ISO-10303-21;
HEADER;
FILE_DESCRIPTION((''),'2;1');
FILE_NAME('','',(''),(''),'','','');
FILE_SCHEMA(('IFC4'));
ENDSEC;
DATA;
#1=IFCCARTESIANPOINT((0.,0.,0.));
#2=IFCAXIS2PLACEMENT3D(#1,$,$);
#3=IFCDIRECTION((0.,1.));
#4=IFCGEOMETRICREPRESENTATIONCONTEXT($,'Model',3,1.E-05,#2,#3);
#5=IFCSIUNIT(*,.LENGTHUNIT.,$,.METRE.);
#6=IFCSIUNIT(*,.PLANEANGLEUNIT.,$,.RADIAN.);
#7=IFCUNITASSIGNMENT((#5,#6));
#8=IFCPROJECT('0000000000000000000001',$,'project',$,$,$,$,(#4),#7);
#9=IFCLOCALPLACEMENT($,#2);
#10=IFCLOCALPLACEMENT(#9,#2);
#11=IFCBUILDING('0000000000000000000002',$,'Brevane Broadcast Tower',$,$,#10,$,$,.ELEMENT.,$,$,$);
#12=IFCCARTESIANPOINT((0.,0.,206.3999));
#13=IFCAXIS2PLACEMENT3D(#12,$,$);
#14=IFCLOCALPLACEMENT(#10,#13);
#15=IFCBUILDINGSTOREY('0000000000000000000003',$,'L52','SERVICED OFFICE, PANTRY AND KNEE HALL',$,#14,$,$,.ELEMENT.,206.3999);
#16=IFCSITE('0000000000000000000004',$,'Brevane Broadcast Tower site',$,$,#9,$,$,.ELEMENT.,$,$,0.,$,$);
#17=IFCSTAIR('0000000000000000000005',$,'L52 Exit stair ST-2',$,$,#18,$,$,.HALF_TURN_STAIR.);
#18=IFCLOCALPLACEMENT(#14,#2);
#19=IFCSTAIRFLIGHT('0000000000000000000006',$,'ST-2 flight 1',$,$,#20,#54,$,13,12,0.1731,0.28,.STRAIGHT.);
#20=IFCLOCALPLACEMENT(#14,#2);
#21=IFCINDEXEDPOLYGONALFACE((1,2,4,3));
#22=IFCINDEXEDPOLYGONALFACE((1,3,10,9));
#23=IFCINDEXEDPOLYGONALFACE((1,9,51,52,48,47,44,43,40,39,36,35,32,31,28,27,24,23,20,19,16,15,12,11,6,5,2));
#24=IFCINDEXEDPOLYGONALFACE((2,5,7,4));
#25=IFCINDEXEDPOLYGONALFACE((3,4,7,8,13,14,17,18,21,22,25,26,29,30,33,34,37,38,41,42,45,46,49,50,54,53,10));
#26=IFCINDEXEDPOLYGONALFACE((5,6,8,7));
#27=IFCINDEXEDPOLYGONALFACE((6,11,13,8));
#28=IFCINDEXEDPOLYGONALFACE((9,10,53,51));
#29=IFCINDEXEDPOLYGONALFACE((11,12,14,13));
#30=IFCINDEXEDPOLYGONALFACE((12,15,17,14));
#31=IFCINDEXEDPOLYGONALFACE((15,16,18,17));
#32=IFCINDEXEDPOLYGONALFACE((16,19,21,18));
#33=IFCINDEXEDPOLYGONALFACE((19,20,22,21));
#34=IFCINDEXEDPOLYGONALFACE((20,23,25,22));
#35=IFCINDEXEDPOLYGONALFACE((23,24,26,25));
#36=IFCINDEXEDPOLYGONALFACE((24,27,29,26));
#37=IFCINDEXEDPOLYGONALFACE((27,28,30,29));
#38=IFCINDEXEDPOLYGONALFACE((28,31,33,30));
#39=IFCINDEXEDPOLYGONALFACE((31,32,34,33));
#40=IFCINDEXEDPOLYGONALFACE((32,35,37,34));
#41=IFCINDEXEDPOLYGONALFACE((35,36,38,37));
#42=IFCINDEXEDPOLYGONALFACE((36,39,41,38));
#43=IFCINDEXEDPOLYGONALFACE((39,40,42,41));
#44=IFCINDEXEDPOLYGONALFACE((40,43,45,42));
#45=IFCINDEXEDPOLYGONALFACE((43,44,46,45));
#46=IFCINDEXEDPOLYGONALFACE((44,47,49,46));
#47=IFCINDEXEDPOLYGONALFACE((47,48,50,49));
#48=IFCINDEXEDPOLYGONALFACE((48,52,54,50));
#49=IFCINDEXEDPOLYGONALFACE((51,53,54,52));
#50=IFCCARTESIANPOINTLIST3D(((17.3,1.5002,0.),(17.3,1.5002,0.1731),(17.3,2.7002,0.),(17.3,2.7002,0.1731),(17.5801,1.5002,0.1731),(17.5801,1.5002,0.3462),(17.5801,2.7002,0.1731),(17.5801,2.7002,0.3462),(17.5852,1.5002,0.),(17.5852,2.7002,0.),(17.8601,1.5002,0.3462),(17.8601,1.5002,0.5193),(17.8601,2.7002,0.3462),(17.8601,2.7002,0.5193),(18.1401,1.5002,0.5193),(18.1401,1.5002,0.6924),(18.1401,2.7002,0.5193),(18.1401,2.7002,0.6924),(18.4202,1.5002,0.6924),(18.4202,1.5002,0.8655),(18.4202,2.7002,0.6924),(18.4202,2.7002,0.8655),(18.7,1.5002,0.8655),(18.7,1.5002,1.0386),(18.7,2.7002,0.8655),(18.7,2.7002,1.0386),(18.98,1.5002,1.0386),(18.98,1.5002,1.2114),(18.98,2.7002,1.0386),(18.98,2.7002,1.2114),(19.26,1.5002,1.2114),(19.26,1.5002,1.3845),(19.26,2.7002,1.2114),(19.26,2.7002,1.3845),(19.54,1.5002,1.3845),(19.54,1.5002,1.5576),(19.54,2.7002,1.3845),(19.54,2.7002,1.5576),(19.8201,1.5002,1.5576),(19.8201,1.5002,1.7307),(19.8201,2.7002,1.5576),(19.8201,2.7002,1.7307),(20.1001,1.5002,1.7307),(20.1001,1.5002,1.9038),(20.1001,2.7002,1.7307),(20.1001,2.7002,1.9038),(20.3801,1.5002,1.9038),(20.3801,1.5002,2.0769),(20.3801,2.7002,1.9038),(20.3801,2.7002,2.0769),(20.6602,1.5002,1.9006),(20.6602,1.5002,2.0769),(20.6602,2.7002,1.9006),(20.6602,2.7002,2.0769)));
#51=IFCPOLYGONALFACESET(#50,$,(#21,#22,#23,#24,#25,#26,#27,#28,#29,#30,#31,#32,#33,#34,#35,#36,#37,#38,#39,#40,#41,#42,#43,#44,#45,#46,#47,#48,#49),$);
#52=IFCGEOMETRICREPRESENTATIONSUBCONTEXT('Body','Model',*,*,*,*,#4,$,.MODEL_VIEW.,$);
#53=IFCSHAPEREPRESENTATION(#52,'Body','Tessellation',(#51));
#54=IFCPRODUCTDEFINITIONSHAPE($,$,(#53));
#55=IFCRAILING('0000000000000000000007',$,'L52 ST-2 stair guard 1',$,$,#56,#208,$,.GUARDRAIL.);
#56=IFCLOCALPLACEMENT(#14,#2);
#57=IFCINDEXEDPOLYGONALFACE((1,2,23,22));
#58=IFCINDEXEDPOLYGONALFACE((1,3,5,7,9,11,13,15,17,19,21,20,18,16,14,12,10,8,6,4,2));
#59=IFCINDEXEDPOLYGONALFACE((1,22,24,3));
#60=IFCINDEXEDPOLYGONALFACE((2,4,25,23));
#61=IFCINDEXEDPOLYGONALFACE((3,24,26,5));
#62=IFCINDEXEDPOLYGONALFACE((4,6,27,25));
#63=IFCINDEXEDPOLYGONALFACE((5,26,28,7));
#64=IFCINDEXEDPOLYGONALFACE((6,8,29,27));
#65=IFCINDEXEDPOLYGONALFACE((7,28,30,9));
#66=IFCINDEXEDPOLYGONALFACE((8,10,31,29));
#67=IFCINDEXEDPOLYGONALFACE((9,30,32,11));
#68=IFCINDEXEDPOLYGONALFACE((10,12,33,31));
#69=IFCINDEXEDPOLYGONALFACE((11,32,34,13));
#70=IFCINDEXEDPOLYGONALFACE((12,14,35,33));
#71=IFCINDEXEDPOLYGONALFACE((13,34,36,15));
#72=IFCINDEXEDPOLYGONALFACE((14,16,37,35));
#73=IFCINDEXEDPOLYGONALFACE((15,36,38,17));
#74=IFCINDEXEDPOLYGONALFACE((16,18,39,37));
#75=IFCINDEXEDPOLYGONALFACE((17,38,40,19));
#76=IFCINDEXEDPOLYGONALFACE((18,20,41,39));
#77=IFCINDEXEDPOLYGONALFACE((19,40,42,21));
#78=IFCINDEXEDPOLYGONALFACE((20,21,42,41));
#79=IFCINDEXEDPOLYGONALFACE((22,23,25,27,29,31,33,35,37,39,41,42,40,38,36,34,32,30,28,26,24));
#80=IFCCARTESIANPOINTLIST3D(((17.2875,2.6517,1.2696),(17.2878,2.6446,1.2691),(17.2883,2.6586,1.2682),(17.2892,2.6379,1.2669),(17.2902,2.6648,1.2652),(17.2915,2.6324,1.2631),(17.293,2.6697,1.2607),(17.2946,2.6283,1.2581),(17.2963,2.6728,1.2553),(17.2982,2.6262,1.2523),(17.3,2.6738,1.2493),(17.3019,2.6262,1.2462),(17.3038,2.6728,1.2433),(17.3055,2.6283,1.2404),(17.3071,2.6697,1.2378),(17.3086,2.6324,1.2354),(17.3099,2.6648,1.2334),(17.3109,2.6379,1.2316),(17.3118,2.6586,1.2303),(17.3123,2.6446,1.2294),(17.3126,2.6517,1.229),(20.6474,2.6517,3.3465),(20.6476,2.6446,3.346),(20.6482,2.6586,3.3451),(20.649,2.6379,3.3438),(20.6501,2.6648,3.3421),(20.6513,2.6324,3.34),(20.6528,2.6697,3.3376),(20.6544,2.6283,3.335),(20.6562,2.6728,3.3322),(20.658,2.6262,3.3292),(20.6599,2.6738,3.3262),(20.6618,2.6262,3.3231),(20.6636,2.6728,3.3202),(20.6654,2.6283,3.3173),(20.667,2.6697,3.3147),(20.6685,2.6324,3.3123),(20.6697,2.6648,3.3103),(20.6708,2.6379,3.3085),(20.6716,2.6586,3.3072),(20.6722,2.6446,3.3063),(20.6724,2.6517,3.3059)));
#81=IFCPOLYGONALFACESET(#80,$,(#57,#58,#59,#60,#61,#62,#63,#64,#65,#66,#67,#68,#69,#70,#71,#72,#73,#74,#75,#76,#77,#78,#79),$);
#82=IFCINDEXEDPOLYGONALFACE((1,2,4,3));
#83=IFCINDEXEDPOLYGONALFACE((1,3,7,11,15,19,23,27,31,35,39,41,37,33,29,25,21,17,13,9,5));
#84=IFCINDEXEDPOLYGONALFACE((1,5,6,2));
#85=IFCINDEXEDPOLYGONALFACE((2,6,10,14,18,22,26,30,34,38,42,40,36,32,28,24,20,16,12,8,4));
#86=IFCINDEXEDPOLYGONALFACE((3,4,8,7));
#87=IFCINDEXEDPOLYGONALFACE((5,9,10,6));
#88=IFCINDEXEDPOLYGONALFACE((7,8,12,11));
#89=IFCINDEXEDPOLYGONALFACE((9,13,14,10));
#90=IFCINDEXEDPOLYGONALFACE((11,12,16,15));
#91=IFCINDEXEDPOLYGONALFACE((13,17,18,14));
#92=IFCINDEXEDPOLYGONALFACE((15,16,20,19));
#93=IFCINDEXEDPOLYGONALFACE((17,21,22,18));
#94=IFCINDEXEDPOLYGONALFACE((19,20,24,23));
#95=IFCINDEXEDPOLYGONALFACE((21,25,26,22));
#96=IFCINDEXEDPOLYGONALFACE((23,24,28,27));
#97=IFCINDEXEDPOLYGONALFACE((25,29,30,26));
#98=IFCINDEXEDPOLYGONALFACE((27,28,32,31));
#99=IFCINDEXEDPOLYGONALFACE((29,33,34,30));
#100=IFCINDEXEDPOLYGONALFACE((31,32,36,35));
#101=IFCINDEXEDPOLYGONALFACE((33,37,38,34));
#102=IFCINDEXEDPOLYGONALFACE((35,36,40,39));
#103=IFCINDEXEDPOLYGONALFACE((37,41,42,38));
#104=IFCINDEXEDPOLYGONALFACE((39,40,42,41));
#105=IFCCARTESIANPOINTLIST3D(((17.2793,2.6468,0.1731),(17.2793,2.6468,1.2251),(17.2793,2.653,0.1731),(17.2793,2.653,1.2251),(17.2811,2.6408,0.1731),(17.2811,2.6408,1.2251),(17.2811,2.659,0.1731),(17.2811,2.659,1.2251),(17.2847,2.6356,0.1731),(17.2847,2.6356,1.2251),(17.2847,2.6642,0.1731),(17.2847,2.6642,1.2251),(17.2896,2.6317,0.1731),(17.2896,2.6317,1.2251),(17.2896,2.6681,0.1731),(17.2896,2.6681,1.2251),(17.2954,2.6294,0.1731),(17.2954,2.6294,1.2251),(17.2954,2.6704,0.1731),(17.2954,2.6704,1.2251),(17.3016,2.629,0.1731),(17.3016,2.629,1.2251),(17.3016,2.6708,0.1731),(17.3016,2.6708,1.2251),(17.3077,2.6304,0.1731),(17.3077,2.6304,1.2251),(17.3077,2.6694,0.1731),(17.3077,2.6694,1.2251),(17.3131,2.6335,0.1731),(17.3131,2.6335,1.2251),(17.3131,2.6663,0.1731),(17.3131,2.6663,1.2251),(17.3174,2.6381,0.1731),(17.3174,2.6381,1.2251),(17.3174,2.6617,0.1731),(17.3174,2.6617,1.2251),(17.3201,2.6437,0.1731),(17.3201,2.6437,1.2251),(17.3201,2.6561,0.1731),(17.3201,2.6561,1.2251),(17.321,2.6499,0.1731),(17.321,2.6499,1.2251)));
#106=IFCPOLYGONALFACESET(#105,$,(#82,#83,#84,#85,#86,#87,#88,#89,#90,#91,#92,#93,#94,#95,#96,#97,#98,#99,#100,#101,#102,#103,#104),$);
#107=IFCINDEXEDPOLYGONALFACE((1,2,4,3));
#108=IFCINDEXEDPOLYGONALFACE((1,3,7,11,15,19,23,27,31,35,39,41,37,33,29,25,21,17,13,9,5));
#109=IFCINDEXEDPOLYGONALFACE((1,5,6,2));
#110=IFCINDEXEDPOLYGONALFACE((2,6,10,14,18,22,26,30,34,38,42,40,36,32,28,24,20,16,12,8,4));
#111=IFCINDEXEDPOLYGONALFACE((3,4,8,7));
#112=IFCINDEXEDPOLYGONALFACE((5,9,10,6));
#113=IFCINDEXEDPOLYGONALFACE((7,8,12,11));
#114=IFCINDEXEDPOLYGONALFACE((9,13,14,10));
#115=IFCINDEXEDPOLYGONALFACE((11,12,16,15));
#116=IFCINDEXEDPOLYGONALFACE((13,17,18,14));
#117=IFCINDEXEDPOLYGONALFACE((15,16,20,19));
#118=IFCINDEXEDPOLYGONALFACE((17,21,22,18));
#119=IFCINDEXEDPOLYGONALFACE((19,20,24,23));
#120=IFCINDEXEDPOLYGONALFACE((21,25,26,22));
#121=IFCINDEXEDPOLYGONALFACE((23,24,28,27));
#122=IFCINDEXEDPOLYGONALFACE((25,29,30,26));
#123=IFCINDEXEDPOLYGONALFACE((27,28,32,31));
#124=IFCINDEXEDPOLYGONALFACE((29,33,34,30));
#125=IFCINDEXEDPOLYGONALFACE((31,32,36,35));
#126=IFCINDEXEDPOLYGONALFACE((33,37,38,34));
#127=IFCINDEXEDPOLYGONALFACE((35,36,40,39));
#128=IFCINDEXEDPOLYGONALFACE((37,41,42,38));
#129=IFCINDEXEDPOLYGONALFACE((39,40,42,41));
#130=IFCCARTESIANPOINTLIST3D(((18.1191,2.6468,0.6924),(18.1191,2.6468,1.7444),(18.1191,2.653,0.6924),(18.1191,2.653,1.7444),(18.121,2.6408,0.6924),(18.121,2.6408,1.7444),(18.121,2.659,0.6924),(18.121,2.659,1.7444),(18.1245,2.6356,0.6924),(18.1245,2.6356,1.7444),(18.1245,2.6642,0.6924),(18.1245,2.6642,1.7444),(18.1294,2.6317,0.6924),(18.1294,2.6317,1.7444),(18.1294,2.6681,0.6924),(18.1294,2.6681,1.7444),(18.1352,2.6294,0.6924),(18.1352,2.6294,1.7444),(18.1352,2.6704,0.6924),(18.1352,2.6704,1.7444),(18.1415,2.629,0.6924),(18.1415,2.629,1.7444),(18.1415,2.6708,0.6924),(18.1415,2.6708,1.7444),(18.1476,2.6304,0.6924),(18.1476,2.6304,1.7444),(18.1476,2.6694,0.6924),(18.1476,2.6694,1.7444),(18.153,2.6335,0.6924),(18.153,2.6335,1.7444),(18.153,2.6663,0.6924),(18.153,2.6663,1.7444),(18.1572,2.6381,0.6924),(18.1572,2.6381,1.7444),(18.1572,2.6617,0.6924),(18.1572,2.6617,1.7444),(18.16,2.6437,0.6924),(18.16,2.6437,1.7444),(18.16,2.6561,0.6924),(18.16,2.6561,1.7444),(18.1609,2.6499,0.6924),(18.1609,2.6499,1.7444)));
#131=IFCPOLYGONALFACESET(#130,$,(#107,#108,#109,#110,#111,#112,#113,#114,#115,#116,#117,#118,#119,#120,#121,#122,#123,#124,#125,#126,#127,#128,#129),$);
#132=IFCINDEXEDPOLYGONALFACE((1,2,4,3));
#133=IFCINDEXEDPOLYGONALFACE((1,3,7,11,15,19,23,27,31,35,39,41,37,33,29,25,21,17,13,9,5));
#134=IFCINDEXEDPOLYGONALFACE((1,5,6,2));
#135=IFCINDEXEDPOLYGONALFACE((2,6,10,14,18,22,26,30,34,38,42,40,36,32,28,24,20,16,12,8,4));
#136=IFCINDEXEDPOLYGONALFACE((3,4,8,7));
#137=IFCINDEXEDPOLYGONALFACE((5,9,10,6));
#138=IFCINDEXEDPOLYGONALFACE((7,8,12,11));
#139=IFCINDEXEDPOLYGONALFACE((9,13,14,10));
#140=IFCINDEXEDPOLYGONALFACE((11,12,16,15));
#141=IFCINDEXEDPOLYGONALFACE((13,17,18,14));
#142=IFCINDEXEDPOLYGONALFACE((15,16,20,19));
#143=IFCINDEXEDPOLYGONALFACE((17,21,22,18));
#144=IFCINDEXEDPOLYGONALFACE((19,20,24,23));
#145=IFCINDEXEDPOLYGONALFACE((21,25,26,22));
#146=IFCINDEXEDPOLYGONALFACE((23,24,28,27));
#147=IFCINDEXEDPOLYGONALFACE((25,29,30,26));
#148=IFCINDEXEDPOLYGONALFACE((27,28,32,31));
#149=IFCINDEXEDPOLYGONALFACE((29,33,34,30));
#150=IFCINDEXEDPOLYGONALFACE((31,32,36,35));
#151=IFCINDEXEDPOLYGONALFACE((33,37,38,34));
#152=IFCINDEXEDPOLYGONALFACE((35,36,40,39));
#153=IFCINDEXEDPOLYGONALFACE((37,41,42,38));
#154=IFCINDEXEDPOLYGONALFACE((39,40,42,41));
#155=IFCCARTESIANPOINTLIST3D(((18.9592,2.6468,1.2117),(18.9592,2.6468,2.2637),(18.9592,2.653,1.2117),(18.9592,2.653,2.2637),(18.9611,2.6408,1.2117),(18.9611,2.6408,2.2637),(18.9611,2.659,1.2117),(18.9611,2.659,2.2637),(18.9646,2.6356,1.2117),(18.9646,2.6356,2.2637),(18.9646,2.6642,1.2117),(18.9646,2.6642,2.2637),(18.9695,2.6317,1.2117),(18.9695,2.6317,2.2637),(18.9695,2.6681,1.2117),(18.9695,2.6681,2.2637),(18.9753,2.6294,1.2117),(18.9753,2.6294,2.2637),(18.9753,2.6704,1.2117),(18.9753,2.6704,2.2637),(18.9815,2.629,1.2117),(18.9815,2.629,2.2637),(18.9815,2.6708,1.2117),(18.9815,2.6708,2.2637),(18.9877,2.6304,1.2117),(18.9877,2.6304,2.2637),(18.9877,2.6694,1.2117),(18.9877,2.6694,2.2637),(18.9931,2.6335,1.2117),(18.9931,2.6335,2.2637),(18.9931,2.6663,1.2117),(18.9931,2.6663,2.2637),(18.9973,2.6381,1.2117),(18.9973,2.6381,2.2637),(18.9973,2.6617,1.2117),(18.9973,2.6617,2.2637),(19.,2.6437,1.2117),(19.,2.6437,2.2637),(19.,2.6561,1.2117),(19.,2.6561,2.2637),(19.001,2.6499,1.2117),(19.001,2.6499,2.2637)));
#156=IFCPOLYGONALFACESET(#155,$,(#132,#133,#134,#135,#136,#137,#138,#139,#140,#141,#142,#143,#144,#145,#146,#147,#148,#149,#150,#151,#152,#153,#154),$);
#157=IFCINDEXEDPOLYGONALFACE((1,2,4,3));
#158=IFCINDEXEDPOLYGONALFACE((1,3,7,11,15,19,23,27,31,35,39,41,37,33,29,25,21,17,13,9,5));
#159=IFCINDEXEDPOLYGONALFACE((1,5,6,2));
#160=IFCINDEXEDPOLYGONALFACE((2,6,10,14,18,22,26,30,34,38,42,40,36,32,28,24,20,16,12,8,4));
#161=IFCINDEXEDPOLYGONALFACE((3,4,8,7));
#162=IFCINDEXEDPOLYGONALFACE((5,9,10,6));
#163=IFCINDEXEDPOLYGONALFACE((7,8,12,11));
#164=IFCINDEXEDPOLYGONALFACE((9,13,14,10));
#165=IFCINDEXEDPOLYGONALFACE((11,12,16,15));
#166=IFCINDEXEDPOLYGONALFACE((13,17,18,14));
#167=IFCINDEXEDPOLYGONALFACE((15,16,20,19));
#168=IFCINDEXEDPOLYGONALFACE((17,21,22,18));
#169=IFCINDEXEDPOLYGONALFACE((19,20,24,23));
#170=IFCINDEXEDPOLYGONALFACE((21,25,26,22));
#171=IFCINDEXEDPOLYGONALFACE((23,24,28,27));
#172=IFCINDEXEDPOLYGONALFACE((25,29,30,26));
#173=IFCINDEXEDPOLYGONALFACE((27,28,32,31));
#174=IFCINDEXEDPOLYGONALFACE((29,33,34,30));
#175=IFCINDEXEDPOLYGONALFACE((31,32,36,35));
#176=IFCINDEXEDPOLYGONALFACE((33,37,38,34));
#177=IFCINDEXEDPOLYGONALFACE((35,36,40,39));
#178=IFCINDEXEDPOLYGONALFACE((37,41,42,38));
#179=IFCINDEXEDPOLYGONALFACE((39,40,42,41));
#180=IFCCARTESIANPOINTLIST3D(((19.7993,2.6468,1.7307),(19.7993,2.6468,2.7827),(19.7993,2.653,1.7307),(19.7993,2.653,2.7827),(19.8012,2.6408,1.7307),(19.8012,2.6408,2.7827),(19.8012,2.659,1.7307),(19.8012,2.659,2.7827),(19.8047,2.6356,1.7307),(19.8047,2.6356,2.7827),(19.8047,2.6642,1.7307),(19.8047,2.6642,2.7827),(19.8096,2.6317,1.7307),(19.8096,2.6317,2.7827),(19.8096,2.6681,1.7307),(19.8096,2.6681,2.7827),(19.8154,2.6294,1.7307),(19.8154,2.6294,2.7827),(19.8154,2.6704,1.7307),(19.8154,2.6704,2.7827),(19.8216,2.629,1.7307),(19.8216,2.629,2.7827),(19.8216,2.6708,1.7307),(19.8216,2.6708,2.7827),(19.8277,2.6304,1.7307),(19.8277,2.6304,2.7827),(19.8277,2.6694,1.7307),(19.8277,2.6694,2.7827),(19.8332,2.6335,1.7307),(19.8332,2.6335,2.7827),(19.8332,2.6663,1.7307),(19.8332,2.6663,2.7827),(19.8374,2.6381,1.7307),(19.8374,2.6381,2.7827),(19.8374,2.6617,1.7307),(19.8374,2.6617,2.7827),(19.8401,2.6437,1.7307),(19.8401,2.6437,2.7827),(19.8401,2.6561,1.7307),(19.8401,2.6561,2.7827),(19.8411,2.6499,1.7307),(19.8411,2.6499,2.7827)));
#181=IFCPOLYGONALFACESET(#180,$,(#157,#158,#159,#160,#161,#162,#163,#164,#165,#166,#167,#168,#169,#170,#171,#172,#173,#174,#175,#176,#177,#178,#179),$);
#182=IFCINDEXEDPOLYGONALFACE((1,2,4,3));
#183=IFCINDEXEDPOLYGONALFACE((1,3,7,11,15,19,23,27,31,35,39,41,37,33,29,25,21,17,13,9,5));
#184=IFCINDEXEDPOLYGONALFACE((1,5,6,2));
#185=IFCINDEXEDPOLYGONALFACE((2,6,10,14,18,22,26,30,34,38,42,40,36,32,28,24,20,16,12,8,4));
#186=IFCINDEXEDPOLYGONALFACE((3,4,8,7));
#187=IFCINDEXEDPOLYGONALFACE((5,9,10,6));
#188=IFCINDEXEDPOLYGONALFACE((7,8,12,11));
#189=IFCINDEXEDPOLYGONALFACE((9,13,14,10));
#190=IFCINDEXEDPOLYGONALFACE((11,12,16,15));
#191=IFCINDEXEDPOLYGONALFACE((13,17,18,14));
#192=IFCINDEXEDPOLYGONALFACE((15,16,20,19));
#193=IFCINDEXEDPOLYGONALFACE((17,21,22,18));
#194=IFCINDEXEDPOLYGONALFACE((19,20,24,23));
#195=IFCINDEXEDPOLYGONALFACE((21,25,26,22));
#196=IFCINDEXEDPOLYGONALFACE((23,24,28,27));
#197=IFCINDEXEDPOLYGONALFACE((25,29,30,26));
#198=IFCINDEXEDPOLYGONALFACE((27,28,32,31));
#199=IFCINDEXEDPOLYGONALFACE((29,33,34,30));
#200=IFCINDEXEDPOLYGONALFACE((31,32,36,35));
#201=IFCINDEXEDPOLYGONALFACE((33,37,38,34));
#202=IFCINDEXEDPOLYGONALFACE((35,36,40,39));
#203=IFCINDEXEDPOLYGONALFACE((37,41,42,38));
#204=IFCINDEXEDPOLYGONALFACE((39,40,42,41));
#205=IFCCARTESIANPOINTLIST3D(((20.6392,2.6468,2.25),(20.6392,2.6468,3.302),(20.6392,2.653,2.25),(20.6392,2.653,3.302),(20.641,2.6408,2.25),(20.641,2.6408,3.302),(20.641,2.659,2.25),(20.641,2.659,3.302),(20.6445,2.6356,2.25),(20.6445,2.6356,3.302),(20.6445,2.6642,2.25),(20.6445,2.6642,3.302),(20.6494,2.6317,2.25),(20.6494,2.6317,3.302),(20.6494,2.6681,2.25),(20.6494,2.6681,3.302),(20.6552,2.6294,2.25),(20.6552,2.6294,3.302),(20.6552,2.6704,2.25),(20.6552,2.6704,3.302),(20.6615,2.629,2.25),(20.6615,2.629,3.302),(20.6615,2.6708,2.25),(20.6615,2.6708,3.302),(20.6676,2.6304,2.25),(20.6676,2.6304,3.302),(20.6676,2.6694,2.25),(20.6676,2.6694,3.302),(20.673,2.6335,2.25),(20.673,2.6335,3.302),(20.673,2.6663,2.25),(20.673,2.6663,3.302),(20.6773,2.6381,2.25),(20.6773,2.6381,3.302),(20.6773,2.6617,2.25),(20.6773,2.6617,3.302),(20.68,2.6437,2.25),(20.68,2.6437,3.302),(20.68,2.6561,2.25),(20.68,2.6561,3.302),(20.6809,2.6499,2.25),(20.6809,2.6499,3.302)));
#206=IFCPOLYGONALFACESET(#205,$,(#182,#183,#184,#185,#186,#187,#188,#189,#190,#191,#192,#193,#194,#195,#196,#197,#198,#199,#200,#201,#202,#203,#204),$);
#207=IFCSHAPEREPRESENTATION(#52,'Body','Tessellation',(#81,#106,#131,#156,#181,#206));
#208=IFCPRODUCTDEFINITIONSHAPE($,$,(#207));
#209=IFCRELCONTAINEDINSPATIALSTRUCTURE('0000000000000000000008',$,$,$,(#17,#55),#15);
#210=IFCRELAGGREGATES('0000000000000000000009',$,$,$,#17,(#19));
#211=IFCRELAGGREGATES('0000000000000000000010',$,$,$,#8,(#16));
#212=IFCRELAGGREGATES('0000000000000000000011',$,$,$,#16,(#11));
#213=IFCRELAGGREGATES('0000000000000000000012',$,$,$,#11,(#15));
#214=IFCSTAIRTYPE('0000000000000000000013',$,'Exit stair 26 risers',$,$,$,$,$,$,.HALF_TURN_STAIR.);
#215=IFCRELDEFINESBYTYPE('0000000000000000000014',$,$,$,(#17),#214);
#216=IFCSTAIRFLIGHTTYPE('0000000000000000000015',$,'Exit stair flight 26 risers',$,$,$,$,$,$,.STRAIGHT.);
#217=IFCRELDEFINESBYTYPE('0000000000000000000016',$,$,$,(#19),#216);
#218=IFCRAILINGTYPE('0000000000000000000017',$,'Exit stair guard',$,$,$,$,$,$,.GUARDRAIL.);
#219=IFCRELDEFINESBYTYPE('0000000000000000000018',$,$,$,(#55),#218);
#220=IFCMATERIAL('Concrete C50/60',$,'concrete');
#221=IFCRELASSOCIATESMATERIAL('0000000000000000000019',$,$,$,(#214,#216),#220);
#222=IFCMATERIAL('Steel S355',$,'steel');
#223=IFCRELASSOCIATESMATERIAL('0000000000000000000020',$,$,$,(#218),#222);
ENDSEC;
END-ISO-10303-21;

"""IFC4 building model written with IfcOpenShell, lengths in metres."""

from ifc_helpers import new_model, si_unit, direction, frame, origin, origin_2d, place, context, subcontext, project, spatial, polyline, circle, outline, extrude, material, type_object, element, aggregate, save


model = new_model("IFC4")

# Units and contexts
model_context = context("Model", 3, precision=1e-05, world=origin(), true_north=direction((0.0, 1.0)))
body_context = subcontext(model_context, "Body", "Model", "MODEL_VIEW")
ifc_project = project(units=[si_unit("LENGTHUNIT", "METRE"), si_unit("PLANEANGLEUNIT", "RADIAN")], contexts=[model_context])

# Site, building, storey
site_placement = place(None, origin())
site = spatial("IfcSite", under=ifc_project, at=site_placement, Name="Brevane Broadcast Tower site", CompositionType="ELEMENT", RefElevation=0.0)
building_placement = place(site_placement, origin())
building = spatial("IfcBuilding", under=site, at=building_placement, Name="Brevane Broadcast Tower", CompositionType="ELEMENT")
storey_placement = place(building_placement, frame((0.0, 0.0, 206.3999)))
storey = spatial("IfcBuildingStorey", under=building, at=storey_placement, Name="L52", Description="SERVICED OFFICE, PANTRY AND KNEE HALL", CompositionType="ELEMENT", Elevation=206.3999)

# Stair, stair flight
ifc_material_1 = material(Name="Concrete C50/60", Category="concrete")
stair_type = type_object("IfcStairType", Name="Exit stair 26 risers", PredefinedType="HALF_TURN_STAIR", material=ifc_material_1)
stair_placement = place(storey_placement, origin())
stair = element("IfcStair", 1, at=stair_placement, inside=storey, type_object=stair_type, Name="L52 Exit stair ST-2", PredefinedType="HALF_TURN_STAIR")
stair_flight_type = type_object("IfcStairFlightType", Name="Exit stair flight 26 risers", PredefinedType="STRAIGHT", material=ifc_material_1)
stair_flight_placement = place(storey_placement, frame((17.3, 2.1001, 0.0), z_axis=(0.0, 0.0, 1.0), x_axis=(1.0, 0.0, 0.0)))
stair_flight = element("IfcStairFlight", 2, at=stair_flight_placement, type_object=stair_flight_type, Name="ST-2 flight 1", NumberOfRisers=13, NumberOfTreads=12, PredefinedType="STRAIGHT", RiserHeight=0.1731, TreadLength=0.28, context=body_context, shape_type="SweptSolid", body=[
    extrude(outline(polyline([(0.0, 0.0), (0.0, 0.1731), (0.28, 0.1731), (0.28, 0.3462), (0.5601, 0.3462), (0.5601, 0.5193), (0.8401, 0.5193), (0.8401, 0.6924), (1.1201, 0.6924), (1.1201, 0.8655), (1.3999, 0.8655), (1.3999, 1.0386), (1.6799, 1.0386), (1.6799, 1.2114), (1.96, 1.2114), (1.96, 1.3845), (2.24, 1.3845), (2.24, 1.5576), (2.52, 1.5576), (2.52, 1.7307), (2.8, 1.7307), (2.8, 1.9038), (3.0801, 1.9038), (3.0801, 2.0769), (3.3601, 2.0769), (3.3601, 2.25), (3.3601, 1.9006), (0.2852, 0.0), (0.0, 0.0)])), frame((0.0, 0.6001, 0.0), z_axis=(0.0, -1.0, 0.0), x_axis=(1.0, 0.0, 0.0)), (0.0, 0.0, 1.0), 1.2),
])
aggregate(stair, [stair_flight])

# Railing
ifc_material_2 = material(Name="Steel S355", Category="steel")
railing_type_1 = type_object("IfcRailingType", Name="Exit stair guard", PredefinedType="GUARDRAIL", material=ifc_material_2)
railing_1_placement = place(storey_placement, frame((17.3, 2.6499, 0.1731)))
element("IfcRailing", 3, at=railing_1_placement, inside=storey, type_object=railing_type_1, Name="L52 ST-2 stair guard 1", PredefinedType="GUARDRAIL", context=body_context, shape_type="SweptSolid", body=[
    extrude(circle(Radius=0.0239, at=origin_2d()), frame((0.0, 0.0, 1.0762), z_axis=(0.850606, 0.0, 0.525803), x_axis=(0.0, 1.0, 0.0)), (0.0, 0.0, 1.0), 3.95),
    extrude(circle(Radius=0.021, at=origin_2d()), origin(), (0.0, 0.0, 1.0), 1.052),
    extrude(circle(Radius=0.021, at=origin_2d()), frame((0.8398, 0.0, 0.5193)), (0.0, 0.0, 1.0), 1.052),
    extrude(circle(Radius=0.021, at=origin_2d()), frame((1.6799, 0.0, 1.0386)), (0.0, 0.0, 1.0), 1.052),
    extrude(circle(Radius=0.021, at=origin_2d()), frame((2.52, 0.0, 1.5576)), (0.0, 0.0, 1.0), 1.052),
    extrude(circle(Radius=0.021, at=origin_2d()), frame((3.3599, 0.0, 2.0769)), (0.0, 0.0, 1.0), 1.052),
])

save(model, "model.ifc")
